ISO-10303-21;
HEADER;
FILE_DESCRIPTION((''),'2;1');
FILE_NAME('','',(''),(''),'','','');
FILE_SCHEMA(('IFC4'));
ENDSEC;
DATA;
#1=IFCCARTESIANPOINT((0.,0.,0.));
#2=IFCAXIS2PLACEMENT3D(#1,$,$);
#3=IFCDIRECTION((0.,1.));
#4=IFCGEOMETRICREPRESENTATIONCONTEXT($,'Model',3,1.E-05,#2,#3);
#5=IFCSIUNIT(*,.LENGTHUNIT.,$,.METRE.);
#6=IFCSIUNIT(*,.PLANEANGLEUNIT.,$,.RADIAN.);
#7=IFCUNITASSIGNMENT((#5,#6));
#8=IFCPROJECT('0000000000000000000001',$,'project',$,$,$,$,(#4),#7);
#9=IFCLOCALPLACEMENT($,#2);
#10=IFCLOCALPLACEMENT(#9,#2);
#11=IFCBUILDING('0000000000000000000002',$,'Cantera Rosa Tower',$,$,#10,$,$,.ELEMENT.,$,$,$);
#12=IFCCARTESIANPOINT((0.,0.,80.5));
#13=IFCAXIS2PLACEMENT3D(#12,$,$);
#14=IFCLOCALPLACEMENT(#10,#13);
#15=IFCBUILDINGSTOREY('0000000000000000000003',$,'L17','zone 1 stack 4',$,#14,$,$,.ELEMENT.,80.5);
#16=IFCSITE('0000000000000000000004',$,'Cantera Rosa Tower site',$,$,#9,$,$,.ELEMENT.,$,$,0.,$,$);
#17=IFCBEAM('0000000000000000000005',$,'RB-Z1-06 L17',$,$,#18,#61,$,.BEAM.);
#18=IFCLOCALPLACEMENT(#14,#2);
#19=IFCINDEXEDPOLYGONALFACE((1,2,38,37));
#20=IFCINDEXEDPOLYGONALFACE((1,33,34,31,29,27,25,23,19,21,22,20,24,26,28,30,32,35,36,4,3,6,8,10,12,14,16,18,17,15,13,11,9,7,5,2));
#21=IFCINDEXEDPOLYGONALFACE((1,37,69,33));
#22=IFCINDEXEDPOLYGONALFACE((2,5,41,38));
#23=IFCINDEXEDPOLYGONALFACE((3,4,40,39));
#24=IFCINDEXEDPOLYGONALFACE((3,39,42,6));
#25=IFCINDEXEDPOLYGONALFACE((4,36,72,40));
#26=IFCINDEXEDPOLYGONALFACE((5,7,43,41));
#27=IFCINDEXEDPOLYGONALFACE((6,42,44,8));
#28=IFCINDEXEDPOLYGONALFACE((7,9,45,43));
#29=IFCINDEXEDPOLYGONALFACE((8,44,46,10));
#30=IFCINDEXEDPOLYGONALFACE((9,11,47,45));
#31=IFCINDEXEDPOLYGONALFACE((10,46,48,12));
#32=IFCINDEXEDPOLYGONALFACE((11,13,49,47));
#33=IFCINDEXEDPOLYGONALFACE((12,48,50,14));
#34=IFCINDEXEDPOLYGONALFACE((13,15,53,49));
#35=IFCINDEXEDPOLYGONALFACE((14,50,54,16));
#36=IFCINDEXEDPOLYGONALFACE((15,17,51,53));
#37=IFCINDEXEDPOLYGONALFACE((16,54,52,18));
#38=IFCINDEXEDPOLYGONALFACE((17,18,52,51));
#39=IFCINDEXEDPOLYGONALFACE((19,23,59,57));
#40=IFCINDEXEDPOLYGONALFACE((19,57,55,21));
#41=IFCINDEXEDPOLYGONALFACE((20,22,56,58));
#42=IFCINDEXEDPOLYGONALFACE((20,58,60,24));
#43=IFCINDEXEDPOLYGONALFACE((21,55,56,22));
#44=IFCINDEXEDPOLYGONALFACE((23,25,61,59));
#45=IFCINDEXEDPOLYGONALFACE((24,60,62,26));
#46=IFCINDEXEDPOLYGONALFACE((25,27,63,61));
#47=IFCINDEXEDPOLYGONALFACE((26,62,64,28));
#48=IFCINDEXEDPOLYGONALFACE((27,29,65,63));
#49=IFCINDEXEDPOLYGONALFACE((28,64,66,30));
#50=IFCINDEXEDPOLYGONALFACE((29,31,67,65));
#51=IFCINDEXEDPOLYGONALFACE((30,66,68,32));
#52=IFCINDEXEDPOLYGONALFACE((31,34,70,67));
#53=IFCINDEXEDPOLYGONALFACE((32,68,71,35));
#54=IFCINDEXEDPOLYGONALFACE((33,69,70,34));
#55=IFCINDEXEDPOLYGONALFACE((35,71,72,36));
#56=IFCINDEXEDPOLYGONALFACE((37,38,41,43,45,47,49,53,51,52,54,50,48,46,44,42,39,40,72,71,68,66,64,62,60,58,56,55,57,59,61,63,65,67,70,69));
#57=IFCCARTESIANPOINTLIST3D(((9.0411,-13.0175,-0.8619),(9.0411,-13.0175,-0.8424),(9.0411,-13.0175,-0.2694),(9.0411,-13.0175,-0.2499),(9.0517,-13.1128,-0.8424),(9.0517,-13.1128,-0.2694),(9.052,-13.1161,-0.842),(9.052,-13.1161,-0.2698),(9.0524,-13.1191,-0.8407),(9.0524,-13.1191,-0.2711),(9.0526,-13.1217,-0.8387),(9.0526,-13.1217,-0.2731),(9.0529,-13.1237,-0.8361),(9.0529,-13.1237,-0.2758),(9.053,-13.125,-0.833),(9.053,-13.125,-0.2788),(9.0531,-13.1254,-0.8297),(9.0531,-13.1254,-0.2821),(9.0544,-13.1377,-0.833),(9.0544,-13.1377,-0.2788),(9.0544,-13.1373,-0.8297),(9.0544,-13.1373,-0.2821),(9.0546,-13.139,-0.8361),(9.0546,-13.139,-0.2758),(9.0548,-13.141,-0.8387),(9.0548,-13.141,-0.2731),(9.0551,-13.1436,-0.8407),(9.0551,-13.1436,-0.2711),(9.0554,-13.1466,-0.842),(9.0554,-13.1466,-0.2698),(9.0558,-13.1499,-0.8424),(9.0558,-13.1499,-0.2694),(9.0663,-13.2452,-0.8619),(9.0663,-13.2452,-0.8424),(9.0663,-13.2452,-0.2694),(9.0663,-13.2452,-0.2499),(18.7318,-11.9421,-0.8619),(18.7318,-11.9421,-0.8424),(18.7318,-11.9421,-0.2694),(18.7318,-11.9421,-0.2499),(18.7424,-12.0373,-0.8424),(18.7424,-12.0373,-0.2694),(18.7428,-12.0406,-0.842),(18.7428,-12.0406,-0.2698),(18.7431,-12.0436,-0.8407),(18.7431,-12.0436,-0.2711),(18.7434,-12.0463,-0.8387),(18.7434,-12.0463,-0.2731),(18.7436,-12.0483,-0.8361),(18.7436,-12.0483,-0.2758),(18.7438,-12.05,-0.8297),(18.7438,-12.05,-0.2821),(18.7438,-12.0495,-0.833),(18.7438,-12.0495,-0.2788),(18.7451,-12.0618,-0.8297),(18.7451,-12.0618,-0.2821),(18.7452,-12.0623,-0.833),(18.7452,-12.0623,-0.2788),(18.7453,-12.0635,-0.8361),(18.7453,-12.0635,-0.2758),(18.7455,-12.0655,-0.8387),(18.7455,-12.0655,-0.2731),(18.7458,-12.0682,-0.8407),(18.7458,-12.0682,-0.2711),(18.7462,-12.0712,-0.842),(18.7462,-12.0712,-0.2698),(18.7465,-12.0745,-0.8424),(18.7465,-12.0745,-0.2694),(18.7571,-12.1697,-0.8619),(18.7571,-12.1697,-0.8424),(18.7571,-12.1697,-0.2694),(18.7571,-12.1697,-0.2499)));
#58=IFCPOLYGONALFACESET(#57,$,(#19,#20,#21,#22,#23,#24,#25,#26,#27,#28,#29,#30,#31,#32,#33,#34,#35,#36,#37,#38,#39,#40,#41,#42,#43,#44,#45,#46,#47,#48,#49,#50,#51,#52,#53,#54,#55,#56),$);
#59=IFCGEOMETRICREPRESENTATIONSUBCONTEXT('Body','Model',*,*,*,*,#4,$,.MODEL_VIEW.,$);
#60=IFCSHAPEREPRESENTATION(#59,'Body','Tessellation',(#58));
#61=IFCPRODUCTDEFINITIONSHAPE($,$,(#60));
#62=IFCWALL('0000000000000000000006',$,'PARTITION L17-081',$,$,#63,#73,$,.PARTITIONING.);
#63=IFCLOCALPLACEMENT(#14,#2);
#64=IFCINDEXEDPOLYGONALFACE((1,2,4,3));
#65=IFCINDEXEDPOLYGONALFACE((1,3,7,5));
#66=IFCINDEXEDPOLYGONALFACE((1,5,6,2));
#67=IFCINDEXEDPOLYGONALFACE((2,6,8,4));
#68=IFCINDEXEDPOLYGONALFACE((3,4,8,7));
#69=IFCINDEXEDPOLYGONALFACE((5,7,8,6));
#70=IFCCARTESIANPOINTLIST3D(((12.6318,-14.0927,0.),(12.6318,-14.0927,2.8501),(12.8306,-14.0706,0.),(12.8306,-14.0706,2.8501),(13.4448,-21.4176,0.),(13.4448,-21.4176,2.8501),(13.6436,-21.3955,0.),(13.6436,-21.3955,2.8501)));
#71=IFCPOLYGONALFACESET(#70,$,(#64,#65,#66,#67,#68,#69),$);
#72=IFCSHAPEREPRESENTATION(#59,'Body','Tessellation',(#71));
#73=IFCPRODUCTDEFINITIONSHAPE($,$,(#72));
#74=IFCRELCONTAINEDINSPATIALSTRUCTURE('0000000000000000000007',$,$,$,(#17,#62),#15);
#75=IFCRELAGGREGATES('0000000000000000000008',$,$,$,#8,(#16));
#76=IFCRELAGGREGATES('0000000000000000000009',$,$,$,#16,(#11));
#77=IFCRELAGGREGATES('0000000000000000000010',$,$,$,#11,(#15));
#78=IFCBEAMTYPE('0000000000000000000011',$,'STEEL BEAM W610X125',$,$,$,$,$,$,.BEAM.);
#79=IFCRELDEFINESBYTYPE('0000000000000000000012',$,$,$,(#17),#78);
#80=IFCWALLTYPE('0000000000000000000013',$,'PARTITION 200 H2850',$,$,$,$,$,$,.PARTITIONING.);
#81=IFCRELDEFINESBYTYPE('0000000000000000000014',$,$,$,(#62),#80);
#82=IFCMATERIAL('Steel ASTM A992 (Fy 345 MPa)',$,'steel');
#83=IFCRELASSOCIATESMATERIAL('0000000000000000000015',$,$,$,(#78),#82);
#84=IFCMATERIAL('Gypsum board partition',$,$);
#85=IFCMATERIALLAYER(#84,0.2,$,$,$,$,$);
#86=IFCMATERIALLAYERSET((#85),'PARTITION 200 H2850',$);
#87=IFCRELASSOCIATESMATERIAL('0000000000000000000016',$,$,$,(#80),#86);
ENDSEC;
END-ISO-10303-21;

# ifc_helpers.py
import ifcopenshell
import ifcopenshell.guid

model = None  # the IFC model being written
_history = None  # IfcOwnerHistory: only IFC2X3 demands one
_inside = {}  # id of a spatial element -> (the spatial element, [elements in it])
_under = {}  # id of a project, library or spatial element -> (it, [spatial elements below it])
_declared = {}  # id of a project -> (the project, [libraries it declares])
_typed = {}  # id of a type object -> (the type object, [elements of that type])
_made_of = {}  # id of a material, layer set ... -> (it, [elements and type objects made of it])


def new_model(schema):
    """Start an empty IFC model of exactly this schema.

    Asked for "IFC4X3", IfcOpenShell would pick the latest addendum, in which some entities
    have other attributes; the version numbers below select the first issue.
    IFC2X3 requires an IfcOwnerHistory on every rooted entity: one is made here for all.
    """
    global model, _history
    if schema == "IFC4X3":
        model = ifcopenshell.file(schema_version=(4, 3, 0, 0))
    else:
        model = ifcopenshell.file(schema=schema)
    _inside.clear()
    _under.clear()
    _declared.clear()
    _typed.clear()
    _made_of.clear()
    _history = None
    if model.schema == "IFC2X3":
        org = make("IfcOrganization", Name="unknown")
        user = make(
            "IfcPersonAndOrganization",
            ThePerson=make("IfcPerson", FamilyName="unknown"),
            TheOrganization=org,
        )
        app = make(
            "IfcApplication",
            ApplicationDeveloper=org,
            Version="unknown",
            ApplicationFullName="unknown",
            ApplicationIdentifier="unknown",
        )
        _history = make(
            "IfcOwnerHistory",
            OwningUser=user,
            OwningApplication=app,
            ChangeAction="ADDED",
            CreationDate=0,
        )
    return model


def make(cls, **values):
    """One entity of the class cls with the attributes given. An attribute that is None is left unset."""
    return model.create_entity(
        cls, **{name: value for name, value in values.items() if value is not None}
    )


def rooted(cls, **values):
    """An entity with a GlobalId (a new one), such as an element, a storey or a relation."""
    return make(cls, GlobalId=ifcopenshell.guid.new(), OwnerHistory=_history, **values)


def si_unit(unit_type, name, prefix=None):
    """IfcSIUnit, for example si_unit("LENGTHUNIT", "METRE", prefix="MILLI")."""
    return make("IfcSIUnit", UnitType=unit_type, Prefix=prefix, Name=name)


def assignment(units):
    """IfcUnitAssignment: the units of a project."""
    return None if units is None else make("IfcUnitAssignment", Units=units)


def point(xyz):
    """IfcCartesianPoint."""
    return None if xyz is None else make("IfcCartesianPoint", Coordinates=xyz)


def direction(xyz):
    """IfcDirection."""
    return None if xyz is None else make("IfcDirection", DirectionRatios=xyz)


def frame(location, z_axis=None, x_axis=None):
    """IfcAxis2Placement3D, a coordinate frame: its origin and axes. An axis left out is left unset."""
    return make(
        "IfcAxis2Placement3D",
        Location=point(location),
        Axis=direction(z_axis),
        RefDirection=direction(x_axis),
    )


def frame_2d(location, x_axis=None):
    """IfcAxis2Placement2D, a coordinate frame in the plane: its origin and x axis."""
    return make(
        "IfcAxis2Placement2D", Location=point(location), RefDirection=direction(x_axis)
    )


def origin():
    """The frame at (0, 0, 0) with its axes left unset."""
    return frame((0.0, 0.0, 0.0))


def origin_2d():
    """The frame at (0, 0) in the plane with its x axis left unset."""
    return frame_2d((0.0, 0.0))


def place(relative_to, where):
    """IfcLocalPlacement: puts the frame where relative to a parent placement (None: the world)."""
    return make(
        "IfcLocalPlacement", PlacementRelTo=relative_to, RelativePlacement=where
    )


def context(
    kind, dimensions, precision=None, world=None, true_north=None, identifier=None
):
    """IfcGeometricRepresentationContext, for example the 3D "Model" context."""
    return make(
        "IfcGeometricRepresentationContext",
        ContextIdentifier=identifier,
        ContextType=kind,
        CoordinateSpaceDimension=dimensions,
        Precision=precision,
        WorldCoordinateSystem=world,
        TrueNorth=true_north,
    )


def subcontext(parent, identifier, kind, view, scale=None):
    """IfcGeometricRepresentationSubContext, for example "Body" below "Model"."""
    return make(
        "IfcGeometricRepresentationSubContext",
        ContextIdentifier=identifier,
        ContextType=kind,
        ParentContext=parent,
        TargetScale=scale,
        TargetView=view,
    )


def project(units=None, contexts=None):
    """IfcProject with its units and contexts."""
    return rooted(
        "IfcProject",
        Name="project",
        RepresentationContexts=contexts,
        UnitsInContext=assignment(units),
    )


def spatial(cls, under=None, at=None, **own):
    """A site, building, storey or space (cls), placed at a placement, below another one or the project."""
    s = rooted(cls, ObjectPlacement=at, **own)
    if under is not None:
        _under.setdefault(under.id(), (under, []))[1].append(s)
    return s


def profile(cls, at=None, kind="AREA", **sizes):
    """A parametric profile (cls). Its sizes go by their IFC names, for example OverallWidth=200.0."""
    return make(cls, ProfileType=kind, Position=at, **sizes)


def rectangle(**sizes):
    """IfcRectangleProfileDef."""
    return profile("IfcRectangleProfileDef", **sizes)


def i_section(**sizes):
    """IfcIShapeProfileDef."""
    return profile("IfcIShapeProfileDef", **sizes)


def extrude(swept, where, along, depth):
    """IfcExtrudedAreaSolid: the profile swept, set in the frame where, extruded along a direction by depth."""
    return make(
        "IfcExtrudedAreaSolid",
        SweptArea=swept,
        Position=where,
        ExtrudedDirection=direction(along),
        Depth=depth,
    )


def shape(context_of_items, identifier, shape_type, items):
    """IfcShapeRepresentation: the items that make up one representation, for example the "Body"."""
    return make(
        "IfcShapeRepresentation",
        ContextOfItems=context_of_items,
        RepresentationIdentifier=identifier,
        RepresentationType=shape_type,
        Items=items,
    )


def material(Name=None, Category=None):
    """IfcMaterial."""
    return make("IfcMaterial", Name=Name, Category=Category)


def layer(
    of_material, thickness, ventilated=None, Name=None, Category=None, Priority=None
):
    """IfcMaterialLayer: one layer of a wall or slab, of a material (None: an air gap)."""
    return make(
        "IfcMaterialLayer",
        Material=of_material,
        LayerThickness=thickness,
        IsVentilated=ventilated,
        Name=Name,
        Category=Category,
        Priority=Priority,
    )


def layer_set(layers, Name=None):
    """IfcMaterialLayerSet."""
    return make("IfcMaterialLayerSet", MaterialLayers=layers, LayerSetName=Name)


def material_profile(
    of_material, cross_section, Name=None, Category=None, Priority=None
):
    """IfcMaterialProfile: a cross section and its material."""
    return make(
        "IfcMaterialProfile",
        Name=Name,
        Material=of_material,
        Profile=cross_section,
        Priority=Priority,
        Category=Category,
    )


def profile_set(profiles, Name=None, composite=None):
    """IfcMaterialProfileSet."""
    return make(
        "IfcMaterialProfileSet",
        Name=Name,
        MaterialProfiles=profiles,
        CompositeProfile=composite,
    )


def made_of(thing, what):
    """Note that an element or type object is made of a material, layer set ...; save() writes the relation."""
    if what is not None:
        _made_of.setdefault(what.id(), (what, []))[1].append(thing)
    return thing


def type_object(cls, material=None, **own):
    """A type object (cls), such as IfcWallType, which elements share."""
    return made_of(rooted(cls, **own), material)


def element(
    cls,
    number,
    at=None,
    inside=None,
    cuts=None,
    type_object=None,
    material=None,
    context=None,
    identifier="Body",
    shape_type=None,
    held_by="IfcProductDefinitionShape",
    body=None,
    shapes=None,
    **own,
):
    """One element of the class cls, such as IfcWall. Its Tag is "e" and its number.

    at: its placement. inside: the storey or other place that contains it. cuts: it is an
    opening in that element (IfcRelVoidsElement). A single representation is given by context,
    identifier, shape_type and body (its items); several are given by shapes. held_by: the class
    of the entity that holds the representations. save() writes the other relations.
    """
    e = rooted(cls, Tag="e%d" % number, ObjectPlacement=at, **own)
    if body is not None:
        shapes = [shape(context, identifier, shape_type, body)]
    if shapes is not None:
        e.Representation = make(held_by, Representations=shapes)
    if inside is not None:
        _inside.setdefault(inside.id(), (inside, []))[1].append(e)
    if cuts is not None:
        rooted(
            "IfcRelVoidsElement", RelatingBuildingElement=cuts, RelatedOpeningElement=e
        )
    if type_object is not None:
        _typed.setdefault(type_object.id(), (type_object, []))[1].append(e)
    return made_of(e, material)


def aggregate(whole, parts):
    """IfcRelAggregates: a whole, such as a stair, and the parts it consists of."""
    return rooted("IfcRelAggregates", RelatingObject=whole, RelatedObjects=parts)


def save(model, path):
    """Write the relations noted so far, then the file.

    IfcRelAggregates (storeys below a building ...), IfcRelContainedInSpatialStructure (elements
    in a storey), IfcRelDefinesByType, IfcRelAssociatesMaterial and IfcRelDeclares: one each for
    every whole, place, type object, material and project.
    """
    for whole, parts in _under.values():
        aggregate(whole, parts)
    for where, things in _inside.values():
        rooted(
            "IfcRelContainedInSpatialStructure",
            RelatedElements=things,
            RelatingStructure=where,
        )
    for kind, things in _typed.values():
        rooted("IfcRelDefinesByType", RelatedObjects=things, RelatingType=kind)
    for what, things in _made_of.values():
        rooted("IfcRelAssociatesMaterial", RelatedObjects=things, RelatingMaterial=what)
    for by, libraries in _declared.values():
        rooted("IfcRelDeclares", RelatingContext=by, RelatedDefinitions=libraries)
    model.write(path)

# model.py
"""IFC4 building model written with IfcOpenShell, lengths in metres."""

from ifc_helpers import new_model, si_unit, direction, frame, frame_2d, origin, origin_2d, place, context, subcontext, project, spatial, rectangle, i_section, extrude, material, layer, layer_set, material_profile, profile_set, type_object, element, save


model = new_model("IFC4")

# Units and contexts
model_context = context("Model", 3, precision=1e-05, world=origin(), true_north=direction((0.0, 1.0)))
body_context = subcontext(model_context, "Body", "Model", "MODEL_VIEW")
ifc_project = project(units=[si_unit("LENGTHUNIT", "METRE"), si_unit("PLANEANGLEUNIT", "RADIAN")], contexts=[model_context])

# Site, building, storey
site_placement = place(None, origin())
site = spatial("IfcSite", under=ifc_project, at=site_placement, Name="Cantera Rosa Tower site", CompositionType="ELEMENT", RefElevation=0.0)
building_placement = place(site_placement, origin())
building = spatial("IfcBuilding", under=site, at=building_placement, Name="Cantera Rosa Tower", CompositionType="ELEMENT")
storey_placement = place(building_placement, frame((0.0, 0.0, 80.5)))
storey = spatial("IfcBuildingStorey", under=building, at=storey_placement, Name="L17", Description="zone 1 stack 4", CompositionType="ELEMENT", Elevation=80.5)

# Beam
ifc_material_1 = material(Name="Steel ASTM A992 (Fy 345 MPa)", Category="steel")
ifc_material_profile = material_profile(ifc_material_1, i_section(OverallWidth=0.229, OverallDepth=0.6121, WebThickness=0.012, FlangeThickness=0.0195, FilletRadius=0.0127, at=origin_2d()), Name="W610X125")
ifc_profile_set = profile_set([ifc_material_profile], Name="Steel ASTM A992 (Fy 345 MPa)")
beam_type = type_object("IfcBeamType", Name="STEEL BEAM W610X125", PredefinedType="BEAM", material=ifc_profile_set)
beam_placement = place(storey_placement, frame((9.0537, -13.1313, -0.5559), z_axis=(0.993898, 0.1103, 0.0), x_axis=(-0.1103, 0.993898, 0.0)))
element("IfcBeam", 1, at=beam_placement, inside=storey, type_object=beam_type, Name="RB-Z1-06 L17", PredefinedType="BEAM", context=body_context, shape_type="SweptSolid", body=[
    extrude(i_section(OverallWidth=0.229, OverallDepth=0.6121, WebThickness=0.012, FlangeThickness=0.0195, FilletRadius=0.0127, at=origin_2d()), origin(), (0.0, 0.0, 1.0), 9.7502),
])

# Wall
ifc_material_2 = material(Name="Gypsum board partition")
ifc_layer_1 = layer(ifc_material_2, 0.2)
ifc_layer_set_1 = layer_set([ifc_layer_1], Name="PARTITION 200 H2850")
wall_type_1 = type_object("IfcWallType", Name="PARTITION 200 H2850", PredefinedType="PARTITIONING", material=ifc_layer_set_1)
wall_1_placement = place(storey_placement, frame((12.7312, -14.0815, 0.0), z_axis=(0.0, 0.0, 1.0), x_axis=(0.110312, -0.993897, 0.0)))
element("IfcWall", 2, at=wall_1_placement, inside=storey, type_object=wall_type_1, Name="PARTITION L17-081", PredefinedType="PARTITIONING", context=body_context, shape_type="SweptSolid", body=[
    extrude(rectangle(XDim=7.3699, YDim=0.2, at=frame_2d((3.6851, 0.0))), origin(), (0.0, 0.0, 1.0), 2.8501),
])

save(model, "model.ifc")
